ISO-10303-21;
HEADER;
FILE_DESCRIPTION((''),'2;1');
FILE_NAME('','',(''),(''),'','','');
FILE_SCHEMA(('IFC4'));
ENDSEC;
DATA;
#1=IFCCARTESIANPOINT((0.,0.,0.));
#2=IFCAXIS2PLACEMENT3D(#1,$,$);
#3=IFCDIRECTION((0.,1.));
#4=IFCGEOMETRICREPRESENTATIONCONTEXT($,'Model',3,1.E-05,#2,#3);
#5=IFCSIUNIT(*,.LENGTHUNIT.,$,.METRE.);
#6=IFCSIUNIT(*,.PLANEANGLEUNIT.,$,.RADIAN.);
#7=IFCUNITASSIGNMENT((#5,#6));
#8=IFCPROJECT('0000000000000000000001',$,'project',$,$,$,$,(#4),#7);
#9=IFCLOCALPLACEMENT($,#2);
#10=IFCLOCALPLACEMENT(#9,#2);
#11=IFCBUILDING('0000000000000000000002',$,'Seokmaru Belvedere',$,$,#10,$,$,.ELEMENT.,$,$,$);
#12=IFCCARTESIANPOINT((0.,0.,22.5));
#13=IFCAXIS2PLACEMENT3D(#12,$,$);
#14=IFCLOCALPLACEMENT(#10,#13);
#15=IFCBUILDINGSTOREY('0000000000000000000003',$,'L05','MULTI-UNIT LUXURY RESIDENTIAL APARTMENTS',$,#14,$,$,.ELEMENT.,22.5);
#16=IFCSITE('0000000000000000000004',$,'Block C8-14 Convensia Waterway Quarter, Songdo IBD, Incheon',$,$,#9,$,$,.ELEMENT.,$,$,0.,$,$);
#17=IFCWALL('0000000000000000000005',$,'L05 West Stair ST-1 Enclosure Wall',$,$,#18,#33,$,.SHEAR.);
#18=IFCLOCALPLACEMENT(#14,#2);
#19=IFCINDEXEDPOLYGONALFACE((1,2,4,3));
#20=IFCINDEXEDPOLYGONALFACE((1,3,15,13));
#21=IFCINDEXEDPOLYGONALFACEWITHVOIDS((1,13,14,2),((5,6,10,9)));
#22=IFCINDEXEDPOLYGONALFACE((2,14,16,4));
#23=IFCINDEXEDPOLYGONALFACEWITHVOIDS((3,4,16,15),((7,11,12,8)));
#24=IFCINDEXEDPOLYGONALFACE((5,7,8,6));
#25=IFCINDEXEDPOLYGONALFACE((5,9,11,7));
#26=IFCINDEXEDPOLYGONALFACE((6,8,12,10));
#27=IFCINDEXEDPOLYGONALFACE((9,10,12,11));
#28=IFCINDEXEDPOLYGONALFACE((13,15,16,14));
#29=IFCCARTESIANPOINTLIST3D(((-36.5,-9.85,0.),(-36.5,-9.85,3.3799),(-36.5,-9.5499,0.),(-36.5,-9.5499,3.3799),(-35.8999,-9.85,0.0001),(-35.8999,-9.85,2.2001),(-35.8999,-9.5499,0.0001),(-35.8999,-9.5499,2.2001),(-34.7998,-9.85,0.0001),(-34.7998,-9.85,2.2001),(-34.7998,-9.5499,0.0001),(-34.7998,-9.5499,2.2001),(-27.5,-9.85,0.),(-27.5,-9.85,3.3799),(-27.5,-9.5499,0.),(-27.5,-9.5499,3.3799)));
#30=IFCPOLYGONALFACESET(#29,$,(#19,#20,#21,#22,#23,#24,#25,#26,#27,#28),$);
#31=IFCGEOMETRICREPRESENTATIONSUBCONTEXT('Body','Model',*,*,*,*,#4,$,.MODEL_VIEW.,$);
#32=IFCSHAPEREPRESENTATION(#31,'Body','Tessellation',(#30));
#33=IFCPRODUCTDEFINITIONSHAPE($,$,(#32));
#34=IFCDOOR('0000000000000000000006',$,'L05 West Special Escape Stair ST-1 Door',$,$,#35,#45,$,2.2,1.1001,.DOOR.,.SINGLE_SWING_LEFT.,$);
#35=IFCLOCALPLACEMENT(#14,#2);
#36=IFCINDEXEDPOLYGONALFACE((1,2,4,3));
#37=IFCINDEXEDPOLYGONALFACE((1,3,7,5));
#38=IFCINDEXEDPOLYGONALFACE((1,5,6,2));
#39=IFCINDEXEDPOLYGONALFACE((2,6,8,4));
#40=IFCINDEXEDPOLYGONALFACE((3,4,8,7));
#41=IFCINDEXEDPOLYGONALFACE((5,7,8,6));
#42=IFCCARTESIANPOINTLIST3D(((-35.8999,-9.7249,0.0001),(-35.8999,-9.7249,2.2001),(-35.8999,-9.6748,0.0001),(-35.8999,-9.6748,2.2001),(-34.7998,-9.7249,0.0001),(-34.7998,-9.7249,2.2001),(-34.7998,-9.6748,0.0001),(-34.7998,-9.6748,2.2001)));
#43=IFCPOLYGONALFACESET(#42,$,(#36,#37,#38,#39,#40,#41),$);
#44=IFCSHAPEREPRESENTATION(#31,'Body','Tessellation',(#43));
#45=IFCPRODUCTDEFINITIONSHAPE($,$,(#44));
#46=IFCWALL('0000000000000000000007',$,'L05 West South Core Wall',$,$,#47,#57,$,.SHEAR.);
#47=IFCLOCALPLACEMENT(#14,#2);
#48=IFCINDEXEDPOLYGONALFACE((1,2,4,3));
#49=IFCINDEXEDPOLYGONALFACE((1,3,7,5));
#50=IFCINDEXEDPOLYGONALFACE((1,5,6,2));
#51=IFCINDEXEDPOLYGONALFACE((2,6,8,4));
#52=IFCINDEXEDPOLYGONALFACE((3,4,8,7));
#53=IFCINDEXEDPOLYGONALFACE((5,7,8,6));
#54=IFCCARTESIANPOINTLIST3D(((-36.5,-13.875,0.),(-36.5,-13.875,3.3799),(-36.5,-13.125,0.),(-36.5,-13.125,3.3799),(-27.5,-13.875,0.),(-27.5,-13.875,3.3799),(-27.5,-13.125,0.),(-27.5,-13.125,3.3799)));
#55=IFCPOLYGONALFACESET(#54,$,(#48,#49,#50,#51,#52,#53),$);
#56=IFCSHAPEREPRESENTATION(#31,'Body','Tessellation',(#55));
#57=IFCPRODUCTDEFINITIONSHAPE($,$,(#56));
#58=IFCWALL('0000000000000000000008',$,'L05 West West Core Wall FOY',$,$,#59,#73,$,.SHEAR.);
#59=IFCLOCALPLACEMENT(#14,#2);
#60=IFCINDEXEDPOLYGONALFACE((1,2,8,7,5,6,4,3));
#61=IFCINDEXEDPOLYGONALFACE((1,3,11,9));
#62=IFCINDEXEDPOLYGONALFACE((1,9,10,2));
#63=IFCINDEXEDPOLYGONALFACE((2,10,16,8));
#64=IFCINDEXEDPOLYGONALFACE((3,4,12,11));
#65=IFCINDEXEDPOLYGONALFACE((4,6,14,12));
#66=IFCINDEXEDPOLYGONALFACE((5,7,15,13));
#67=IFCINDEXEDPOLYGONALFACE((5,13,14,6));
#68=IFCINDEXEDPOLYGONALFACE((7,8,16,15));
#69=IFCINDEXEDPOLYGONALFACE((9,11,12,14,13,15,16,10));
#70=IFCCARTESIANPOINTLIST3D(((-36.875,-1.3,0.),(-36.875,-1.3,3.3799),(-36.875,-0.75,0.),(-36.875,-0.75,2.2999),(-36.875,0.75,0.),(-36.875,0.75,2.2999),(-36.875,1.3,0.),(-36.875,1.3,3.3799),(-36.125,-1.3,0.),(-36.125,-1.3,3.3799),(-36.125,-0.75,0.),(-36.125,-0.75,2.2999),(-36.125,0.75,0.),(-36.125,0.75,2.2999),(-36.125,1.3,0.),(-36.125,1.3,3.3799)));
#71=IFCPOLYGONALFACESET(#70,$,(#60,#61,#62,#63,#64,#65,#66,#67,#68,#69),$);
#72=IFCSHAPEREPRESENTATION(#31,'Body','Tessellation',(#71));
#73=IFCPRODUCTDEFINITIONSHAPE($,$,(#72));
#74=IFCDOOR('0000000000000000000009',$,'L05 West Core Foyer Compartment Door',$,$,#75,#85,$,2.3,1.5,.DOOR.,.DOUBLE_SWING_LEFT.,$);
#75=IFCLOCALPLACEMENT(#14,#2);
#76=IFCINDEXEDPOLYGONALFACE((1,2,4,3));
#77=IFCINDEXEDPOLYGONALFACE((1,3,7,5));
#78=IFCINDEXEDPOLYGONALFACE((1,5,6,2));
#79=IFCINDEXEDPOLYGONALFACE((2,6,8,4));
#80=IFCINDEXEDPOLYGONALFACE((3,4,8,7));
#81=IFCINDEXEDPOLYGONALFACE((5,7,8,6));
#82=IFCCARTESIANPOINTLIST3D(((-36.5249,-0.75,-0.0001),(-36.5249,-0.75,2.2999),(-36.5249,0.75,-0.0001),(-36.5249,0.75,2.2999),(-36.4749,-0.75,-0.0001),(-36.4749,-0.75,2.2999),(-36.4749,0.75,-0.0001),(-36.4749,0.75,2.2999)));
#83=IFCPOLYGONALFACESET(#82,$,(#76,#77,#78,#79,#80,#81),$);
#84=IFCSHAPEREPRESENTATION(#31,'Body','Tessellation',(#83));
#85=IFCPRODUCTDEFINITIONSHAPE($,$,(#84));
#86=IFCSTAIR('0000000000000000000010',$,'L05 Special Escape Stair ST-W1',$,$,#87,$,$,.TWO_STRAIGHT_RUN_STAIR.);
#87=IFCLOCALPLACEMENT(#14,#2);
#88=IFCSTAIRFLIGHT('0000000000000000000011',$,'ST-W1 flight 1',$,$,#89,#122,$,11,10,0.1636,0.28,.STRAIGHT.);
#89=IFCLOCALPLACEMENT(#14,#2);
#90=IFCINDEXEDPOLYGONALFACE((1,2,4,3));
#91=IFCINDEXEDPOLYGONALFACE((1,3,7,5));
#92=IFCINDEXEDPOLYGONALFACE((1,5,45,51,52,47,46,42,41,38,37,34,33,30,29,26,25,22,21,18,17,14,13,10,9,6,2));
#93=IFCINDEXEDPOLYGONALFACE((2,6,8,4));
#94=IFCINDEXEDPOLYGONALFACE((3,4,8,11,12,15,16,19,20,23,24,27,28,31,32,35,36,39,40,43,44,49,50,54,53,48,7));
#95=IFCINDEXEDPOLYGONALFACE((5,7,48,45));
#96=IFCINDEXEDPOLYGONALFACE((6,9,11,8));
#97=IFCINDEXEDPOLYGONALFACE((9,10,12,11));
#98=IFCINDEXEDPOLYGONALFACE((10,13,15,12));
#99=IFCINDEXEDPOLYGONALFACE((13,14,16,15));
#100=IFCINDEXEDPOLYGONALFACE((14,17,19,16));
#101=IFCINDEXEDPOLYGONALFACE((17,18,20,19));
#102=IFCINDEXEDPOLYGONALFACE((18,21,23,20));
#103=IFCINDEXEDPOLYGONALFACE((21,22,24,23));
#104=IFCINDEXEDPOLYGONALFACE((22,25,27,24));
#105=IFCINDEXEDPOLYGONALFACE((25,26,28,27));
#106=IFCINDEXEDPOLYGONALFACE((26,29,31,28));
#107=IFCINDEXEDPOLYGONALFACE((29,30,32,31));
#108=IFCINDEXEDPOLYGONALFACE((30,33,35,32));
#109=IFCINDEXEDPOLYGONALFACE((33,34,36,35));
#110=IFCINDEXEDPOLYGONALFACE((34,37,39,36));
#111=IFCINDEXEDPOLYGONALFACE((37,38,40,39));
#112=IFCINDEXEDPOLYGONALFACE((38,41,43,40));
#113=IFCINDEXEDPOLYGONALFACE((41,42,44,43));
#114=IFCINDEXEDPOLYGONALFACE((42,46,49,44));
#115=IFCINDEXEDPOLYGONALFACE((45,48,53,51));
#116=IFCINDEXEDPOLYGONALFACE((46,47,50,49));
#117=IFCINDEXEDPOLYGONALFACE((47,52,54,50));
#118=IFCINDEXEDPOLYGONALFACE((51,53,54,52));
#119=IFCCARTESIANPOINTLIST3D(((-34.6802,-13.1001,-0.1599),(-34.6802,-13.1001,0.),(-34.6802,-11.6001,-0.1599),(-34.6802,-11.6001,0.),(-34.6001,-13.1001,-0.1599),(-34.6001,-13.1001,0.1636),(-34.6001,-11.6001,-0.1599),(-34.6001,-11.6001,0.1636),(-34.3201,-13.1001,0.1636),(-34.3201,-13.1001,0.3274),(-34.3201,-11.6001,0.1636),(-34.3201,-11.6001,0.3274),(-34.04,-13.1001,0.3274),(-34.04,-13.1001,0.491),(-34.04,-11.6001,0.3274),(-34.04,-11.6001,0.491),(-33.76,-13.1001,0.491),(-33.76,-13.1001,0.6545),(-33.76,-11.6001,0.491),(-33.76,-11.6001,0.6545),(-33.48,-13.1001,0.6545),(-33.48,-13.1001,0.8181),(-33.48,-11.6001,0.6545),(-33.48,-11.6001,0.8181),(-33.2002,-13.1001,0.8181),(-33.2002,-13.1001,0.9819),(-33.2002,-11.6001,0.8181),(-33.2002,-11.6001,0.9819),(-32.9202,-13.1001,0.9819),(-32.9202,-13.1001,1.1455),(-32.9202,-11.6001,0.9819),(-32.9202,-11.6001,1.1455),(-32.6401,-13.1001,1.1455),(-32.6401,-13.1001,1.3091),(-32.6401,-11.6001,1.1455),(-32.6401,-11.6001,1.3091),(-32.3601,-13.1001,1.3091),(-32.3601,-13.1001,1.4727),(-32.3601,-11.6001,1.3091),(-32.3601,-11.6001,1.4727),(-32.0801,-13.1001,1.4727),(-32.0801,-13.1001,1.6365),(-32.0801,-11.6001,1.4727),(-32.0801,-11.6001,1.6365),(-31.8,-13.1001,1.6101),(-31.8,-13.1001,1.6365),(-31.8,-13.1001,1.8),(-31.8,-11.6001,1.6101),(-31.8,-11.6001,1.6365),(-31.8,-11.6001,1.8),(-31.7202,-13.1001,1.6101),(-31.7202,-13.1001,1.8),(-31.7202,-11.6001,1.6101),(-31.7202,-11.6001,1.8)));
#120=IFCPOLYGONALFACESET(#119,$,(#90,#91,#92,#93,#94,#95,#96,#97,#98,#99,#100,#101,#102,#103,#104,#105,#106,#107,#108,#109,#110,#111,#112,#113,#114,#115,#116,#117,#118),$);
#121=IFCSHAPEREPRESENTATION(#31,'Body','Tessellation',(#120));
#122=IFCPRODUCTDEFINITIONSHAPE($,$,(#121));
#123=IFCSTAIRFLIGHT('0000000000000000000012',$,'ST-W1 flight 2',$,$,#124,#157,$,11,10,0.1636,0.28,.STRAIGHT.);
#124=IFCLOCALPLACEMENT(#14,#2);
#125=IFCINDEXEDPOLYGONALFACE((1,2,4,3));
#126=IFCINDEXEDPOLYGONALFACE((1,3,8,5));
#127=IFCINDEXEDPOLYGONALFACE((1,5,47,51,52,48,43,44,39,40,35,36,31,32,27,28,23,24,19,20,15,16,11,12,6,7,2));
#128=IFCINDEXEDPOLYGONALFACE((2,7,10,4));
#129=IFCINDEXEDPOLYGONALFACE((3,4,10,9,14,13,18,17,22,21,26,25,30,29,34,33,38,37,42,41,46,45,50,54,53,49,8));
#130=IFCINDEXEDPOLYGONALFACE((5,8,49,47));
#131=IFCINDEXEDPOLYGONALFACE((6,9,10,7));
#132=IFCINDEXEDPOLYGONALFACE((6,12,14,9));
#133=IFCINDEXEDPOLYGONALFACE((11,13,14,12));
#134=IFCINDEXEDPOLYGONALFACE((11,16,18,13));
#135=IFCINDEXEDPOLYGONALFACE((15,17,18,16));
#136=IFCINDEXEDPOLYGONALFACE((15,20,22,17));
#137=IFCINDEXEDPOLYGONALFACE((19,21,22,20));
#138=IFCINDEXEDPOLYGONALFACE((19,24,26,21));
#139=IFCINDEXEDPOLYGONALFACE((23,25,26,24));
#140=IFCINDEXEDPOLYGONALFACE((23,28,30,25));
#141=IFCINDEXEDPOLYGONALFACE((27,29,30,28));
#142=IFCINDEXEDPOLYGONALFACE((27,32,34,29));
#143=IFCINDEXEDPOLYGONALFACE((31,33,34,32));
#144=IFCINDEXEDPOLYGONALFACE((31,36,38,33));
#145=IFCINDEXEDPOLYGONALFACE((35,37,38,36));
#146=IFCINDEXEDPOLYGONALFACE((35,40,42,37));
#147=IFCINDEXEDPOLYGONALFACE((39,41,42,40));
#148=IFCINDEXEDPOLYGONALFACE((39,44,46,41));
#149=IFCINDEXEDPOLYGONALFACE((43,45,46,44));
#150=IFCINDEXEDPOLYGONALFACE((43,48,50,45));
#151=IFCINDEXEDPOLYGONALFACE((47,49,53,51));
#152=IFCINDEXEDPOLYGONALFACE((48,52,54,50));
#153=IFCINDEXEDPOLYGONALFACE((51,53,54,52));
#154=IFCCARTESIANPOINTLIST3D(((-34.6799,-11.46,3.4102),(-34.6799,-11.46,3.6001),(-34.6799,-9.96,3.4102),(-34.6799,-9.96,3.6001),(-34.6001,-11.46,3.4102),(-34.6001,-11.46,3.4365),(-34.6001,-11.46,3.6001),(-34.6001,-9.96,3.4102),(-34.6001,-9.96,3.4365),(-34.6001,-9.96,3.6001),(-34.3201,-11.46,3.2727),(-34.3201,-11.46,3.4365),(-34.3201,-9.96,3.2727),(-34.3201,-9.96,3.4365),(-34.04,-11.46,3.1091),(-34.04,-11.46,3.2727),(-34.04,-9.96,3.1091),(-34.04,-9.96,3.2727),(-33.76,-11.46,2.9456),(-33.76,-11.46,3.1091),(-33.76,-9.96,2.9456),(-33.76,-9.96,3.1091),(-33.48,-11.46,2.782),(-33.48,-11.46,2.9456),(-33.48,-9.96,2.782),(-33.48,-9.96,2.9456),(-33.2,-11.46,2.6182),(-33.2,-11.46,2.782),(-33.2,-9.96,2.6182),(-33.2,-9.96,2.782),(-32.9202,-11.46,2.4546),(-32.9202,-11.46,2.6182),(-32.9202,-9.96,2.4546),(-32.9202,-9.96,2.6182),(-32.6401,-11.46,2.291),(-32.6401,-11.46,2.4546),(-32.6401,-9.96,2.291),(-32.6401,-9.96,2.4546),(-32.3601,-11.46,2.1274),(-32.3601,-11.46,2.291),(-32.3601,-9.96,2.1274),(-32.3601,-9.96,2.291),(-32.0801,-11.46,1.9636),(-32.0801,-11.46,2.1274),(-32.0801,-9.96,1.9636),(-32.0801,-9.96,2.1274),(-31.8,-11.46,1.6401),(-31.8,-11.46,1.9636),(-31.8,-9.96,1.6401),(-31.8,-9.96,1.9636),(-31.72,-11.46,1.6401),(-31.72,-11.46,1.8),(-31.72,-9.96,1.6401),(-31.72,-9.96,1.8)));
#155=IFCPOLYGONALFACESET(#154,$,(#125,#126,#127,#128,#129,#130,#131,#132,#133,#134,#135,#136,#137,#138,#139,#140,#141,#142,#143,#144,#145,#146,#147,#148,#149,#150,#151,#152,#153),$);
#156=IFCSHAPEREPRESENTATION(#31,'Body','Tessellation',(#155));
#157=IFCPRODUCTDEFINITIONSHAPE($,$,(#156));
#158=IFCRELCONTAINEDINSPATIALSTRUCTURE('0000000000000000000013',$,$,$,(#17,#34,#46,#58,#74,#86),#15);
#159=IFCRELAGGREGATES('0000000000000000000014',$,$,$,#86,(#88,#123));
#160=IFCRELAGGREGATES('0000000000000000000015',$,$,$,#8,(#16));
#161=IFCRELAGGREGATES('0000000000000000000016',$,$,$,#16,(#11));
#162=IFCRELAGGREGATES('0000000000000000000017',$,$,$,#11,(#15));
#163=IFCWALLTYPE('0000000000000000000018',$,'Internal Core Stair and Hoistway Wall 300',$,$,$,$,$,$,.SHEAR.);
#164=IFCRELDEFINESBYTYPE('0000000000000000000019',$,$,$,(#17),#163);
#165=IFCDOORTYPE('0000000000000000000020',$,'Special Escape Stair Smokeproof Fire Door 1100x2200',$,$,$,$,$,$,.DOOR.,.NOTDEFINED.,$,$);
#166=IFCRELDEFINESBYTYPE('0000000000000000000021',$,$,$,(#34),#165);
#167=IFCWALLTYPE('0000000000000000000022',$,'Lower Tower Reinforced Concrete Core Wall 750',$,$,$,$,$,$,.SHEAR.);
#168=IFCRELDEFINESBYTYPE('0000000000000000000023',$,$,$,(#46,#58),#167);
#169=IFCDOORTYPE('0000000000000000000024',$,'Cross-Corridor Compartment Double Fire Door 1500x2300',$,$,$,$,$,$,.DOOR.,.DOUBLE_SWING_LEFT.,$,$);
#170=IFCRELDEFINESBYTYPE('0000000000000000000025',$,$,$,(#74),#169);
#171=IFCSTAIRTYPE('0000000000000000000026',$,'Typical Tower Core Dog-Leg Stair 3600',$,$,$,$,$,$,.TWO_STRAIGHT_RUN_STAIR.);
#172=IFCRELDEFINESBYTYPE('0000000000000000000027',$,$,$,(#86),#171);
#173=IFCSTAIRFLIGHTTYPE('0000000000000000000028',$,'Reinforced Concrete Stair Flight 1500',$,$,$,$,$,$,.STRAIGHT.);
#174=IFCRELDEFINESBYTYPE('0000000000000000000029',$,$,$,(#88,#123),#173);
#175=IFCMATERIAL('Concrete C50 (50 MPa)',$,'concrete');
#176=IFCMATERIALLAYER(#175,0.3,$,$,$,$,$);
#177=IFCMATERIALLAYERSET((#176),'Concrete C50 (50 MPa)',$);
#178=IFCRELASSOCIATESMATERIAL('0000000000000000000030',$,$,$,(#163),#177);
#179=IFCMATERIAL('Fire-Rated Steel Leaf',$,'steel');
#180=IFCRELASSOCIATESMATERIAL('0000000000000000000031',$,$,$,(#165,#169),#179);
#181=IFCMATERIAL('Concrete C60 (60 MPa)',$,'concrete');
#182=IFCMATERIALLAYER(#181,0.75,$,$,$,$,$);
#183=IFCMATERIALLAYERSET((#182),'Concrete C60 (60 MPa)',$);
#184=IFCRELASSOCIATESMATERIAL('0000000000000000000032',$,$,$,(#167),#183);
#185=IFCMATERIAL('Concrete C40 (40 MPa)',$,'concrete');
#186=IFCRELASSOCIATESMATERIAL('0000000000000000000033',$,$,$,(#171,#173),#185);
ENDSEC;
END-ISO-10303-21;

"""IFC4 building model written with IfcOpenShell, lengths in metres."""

from ifc_helpers import new_model, si_unit, direction, frame, frame_2d, origin, place, context, subcontext, project, spatial, polyline, rectangle, outline, extrude, source, transform, mapped, material, layer, layer_set, type_object, type_shapes, element, fill, aggregate, save


model = new_model("IFC4")

# Units and contexts
model_context = context("Model", 3, precision=1e-05, world=origin(), true_north=direction((0.0, 1.0)))
body_context = subcontext(model_context, "Body", "Model", "MODEL_VIEW")
ifc_project = project(units=[si_unit("LENGTHUNIT", "METRE"), si_unit("PLANEANGLEUNIT", "RADIAN")], contexts=[model_context])

# Site, building, storey
site_placement = place(None, origin())
site = spatial("IfcSite", under=ifc_project, at=site_placement, Name="Block C8-14 Convensia Waterway Quarter, Songdo IBD, Incheon", CompositionType="ELEMENT", RefElevation=0.0)
building_placement = place(site_placement, origin())
building = spatial("IfcBuilding", under=site, at=building_placement, Name="Seokmaru Belvedere", CompositionType="ELEMENT")
storey_placement = place(building_placement, frame((0.0, 0.0, 22.5)))
storey = spatial("IfcBuildingStorey", under=building, at=storey_placement, Name="L05", Description="MULTI-UNIT LUXURY RESIDENTIAL APARTMENTS", CompositionType="ELEMENT", Elevation=22.5)

# Shared definitions
ifc_material_1 = material(Name="Fire-Rated Steel Leaf", Category="steel")

# Wall, opening, door
ifc_material_2 = material(Name="Concrete C50 (50 MPa)", Category="concrete")
ifc_layer_1 = layer(ifc_material_2, 0.3)
ifc_layer_set_1 = layer_set([ifc_layer_1], Name="Concrete C50 (50 MPa)")
wall_type_1 = type_object("IfcWallType", Name="Internal Core Stair and Hoistway Wall 300", PredefinedType="SHEAR", material=ifc_layer_set_1)
wall_1_placement = place(storey_placement, frame((-36.5, -9.7, 0.0), z_axis=(0.0, 0.0, 1.0), x_axis=(1.0, 0.0, 0.0)))
wall_1 = element("IfcWall", 1, at=wall_1_placement, inside=storey, type_object=wall_type_1, Name="L05 West Stair ST-1 Enclosure Wall", PredefinedType="SHEAR", context=body_context, shape_type="SweptSolid", body=[
    extrude(rectangle(XDim=9.0, YDim=0.3, at=frame_2d((4.5, 0.0))), origin(), (0.0, 0.0, 1.0), 3.3799),
])
opening_1_placement = place(wall_1_placement, frame((0.6001, 0.0, 0.0)))
opening_1 = element("IfcOpeningElement", 2, at=opening_1_placement, cuts=wall_1, PredefinedType="OPENING", context=body_context, shape_type="SweptSolid", body=[
    extrude(rectangle(XDim=1.1001, YDim=2.2, at=frame_2d((0.55, 1.1001))), frame((0.0, 0.1602, 0.0), z_axis=(0.0, -1.0, 0.0), x_axis=(1.0, 0.0, 0.0)), (0.0, 0.0, 1.0), 0.3201),
])
door_type_1 = type_object("IfcDoorType", Name="Special Escape Stair Smokeproof Fire Door 1100x2200", OperationType="NOTDEFINED", PredefinedType="DOOR", material=ifc_material_1)
shared_shape_1 = source(origin(), body_context, "Body", "SweptSolid", [
    extrude(rectangle(XDim=1.1001, YDim=2.2, at=frame_2d((0.55, 1.1001))), frame((0.0, 0.0249, 0.0), z_axis=(0.0, -1.0, 0.0), x_axis=(1.0, 0.0, 0.0)), (0.0, 0.0, 1.0), 0.05),
])
type_shapes(door_type_1, [shared_shape_1])
door_1_placement = place(opening_1_placement, frame((1.1001, 0.0, 0.0), z_axis=(0.0, 0.0, 1.0), x_axis=(-1.0, 0.0, 0.0)))
door_1 = element("IfcDoor", 3, at=door_1_placement, inside=storey, type_object=door_type_1, Name="L05 West Special Escape Stair ST-1 Door", OperationType="SINGLE_SWING_LEFT", OverallHeight=2.2, OverallWidth=1.1001, PredefinedType="DOOR", context=body_context, shape_type="MappedRepresentation", body=[
    mapped(shared_shape_1, transform((0.0, 0.0, 0.0), scale=1.0)),
])
fill(opening_1, door_1)

# Wall
ifc_material_3 = material(Name="Concrete C60 (60 MPa)", Category="concrete")
ifc_layer_2 = layer(ifc_material_3, 0.75)
ifc_layer_set_2 = layer_set([ifc_layer_2], Name="Concrete C60 (60 MPa)")
wall_type_2 = type_object("IfcWallType", Name="Lower Tower Reinforced Concrete Core Wall 750", PredefinedType="SHEAR", material=ifc_layer_set_2)
wall_2_placement = place(storey_placement, frame((-36.5, -13.5, 0.0), z_axis=(0.0, 0.0, 1.0), x_axis=(1.0, 0.0, 0.0)))
element("IfcWall", 4, at=wall_2_placement, inside=storey, type_object=wall_type_2, Name="L05 West South Core Wall", PredefinedType="SHEAR", context=body_context, shape_type="SweptSolid", body=[
    extrude(rectangle(XDim=9.0, YDim=0.75, at=frame_2d((4.5, 0.0))), origin(), (0.0, 0.0, 1.0), 3.3799),
])

# Wall, opening, door
wall_3_placement = place(storey_placement, frame((-36.5, -1.3, 0.0), z_axis=(0.0, 0.0, 1.0), x_axis=(0.0, 1.0, 0.0)))
wall_3 = element("IfcWall", 5, at=wall_3_placement, inside=storey, type_object=wall_type_2, Name="L05 West West Core Wall FOY", PredefinedType="SHEAR", context=body_context, shape_type="SweptSolid", body=[
    extrude(rectangle(XDim=2.6001, YDim=0.75, at=frame_2d((1.3, 0.0))), origin(), (0.0, 0.0, 1.0), 3.3799),
])
opening_2_placement = place(wall_3_placement, frame((0.55, 0.0, 0.0)))
opening_2 = element("IfcOpeningElement", 6, at=opening_2_placement, cuts=wall_3, PredefinedType="OPENING", context=body_context, shape_type="SweptSolid", body=[
    extrude(rectangle(XDim=1.5, YDim=2.3, at=frame_2d((0.75, 1.1499))), frame((0.0, 0.385, 0.0), z_axis=(0.0, -1.0, 0.0), x_axis=(1.0, 0.0, 0.0)), (0.0, 0.0, 1.0), 0.77),
])
door_type_2 = type_object("IfcDoorType", Name="Cross-Corridor Compartment Double Fire Door 1500x2300", OperationType="DOUBLE_SWING_LEFT", PredefinedType="DOOR", material=ifc_material_1)
shared_shape_2 = source(origin(), body_context, "Body", "SweptSolid", [
    extrude(rectangle(XDim=1.5, YDim=2.3, at=frame_2d((0.75, 1.1499))), frame((0.0, 0.0249, 0.0), z_axis=(0.0, -1.0, 0.0), x_axis=(1.0, 0.0, 0.0)), (0.0, 0.0, 1.0), 0.05),
])
type_shapes(door_type_2, [shared_shape_2])
door_2_placement = place(opening_2_placement, origin())
door_2 = element("IfcDoor", 7, at=door_2_placement, inside=storey, type_object=door_type_2, Name="L05 West Core Foyer Compartment Door", OperationType="DOUBLE_SWING_LEFT", OverallHeight=2.3, OverallWidth=1.5, PredefinedType="DOOR", context=body_context, shape_type="MappedRepresentation", body=[
    mapped(shared_shape_2, transform((0.0, 0.0, 0.0), scale=1.0)),
])
fill(opening_2, door_2)

# Stair, stair flights
ifc_material_4 = material(Name="Concrete C40 (40 MPa)", Category="concrete")
stair_type = type_object("IfcStairType", Name="Typical Tower Core Dog-Leg Stair 3600", PredefinedType="TWO_STRAIGHT_RUN_STAIR", material=ifc_material_4)
stair_placement = place(storey_placement, origin())
stair = element("IfcStair", 8, at=stair_placement, inside=storey, type_object=stair_type, Name="L05 Special Escape Stair ST-W1", PredefinedType="TWO_STRAIGHT_RUN_STAIR")
stair_flight_type = type_object("IfcStairFlightType", Name="Reinforced Concrete Stair Flight 1500", PredefinedType="STRAIGHT", material=ifc_material_4)
stair_flight_1_placement = place(storey_placement, frame((-34.6001, -12.3501, 0.0), z_axis=(0.0, 0.0, 1.0), x_axis=(1.0, 0.0, 0.0)))
stair_flight_1 = element("IfcStairFlight", 9, at=stair_flight_1_placement, type_object=stair_flight_type, Name="ST-W1 flight 1", NumberOfRisers=11, NumberOfTreads=10, PredefinedType="STRAIGHT", RiserHeight=0.1636, TreadLength=0.28, context=body_context, shape_type="SweptSolid", body=[
    extrude(outline(polyline([(-0.0801, 0.0), (0.0, 0.1636), (0.28, 0.1636), (0.28, 0.3274), (0.5601, 0.3274), (0.5601, 0.491), (0.8401, 0.491), (0.8401, 0.6545), (1.1201, 0.6545), (1.1201, 0.8181), (1.3999, 0.8181), (1.3999, 0.9819), (1.6799, 0.9819), (1.6799, 1.1455), (1.96, 1.1455), (1.96, 1.3091), (2.24, 1.3091), (2.24, 1.4727), (2.52, 1.4727), (2.52, 1.6365), (2.8, 1.6365), (2.8, 1.8), (2.8799, 1.8), (2.8799, 1.6101), (2.8, 1.6101), (0.0, -0.1599), (-0.0801, -0.1599), (-0.0801, 0.0)])), frame((0.0, 0.75, 0.0), z_axis=(0.0, -1.0, 0.0), x_axis=(1.0, 0.0, 0.0)), (0.0, 0.0, 1.0), 1.5),
])
stair_flight_2_placement = place(storey_placement, frame((-31.8, -10.71, 1.8), z_axis=(0.0, 0.0, 1.0), x_axis=(-1.0, 0.0, 0.0)))
stair_flight_2 = element("IfcStairFlight", 10, at=stair_flight_2_placement, type_object=stair_flight_type, Name="ST-W1 flight 2", NumberOfRisers=11, NumberOfTreads=10, PredefinedType="STRAIGHT", RiserHeight=0.1636, TreadLength=0.28, context=body_context, shape_type="SweptSolid", body=[
    extrude(outline(polyline([(-0.0801, 0.0), (0.0, 0.1636), (0.28, 0.1636), (0.28, 0.3274), (0.5601, 0.3274), (0.5601, 0.491), (0.8401, 0.491), (0.8401, 0.6545), (1.1201, 0.6545), (1.1201, 0.8181), (1.3999, 0.8181), (1.3999, 0.9819), (1.6799, 0.9819), (1.6799, 1.1455), (1.96, 1.1455), (1.96, 1.3091), (2.24, 1.3091), (2.24, 1.4727), (2.52, 1.4727), (2.52, 1.6365), (2.8, 1.6365), (2.8, 1.8), (2.8799, 1.8), (2.8799, 1.6101), (2.8, 1.6101), (0.0, -0.1599), (-0.0801, -0.1599), (-0.0801, 0.0)])), frame((0.0, 0.75, 0.0), z_axis=(0.0, -1.0, 0.0), x_axis=(1.0, 0.0, 0.0)), (0.0, 0.0, 1.0), 1.5),
])
aggregate(stair, [stair_flight_1, stair_flight_2])

save(model, "model.ifc")
